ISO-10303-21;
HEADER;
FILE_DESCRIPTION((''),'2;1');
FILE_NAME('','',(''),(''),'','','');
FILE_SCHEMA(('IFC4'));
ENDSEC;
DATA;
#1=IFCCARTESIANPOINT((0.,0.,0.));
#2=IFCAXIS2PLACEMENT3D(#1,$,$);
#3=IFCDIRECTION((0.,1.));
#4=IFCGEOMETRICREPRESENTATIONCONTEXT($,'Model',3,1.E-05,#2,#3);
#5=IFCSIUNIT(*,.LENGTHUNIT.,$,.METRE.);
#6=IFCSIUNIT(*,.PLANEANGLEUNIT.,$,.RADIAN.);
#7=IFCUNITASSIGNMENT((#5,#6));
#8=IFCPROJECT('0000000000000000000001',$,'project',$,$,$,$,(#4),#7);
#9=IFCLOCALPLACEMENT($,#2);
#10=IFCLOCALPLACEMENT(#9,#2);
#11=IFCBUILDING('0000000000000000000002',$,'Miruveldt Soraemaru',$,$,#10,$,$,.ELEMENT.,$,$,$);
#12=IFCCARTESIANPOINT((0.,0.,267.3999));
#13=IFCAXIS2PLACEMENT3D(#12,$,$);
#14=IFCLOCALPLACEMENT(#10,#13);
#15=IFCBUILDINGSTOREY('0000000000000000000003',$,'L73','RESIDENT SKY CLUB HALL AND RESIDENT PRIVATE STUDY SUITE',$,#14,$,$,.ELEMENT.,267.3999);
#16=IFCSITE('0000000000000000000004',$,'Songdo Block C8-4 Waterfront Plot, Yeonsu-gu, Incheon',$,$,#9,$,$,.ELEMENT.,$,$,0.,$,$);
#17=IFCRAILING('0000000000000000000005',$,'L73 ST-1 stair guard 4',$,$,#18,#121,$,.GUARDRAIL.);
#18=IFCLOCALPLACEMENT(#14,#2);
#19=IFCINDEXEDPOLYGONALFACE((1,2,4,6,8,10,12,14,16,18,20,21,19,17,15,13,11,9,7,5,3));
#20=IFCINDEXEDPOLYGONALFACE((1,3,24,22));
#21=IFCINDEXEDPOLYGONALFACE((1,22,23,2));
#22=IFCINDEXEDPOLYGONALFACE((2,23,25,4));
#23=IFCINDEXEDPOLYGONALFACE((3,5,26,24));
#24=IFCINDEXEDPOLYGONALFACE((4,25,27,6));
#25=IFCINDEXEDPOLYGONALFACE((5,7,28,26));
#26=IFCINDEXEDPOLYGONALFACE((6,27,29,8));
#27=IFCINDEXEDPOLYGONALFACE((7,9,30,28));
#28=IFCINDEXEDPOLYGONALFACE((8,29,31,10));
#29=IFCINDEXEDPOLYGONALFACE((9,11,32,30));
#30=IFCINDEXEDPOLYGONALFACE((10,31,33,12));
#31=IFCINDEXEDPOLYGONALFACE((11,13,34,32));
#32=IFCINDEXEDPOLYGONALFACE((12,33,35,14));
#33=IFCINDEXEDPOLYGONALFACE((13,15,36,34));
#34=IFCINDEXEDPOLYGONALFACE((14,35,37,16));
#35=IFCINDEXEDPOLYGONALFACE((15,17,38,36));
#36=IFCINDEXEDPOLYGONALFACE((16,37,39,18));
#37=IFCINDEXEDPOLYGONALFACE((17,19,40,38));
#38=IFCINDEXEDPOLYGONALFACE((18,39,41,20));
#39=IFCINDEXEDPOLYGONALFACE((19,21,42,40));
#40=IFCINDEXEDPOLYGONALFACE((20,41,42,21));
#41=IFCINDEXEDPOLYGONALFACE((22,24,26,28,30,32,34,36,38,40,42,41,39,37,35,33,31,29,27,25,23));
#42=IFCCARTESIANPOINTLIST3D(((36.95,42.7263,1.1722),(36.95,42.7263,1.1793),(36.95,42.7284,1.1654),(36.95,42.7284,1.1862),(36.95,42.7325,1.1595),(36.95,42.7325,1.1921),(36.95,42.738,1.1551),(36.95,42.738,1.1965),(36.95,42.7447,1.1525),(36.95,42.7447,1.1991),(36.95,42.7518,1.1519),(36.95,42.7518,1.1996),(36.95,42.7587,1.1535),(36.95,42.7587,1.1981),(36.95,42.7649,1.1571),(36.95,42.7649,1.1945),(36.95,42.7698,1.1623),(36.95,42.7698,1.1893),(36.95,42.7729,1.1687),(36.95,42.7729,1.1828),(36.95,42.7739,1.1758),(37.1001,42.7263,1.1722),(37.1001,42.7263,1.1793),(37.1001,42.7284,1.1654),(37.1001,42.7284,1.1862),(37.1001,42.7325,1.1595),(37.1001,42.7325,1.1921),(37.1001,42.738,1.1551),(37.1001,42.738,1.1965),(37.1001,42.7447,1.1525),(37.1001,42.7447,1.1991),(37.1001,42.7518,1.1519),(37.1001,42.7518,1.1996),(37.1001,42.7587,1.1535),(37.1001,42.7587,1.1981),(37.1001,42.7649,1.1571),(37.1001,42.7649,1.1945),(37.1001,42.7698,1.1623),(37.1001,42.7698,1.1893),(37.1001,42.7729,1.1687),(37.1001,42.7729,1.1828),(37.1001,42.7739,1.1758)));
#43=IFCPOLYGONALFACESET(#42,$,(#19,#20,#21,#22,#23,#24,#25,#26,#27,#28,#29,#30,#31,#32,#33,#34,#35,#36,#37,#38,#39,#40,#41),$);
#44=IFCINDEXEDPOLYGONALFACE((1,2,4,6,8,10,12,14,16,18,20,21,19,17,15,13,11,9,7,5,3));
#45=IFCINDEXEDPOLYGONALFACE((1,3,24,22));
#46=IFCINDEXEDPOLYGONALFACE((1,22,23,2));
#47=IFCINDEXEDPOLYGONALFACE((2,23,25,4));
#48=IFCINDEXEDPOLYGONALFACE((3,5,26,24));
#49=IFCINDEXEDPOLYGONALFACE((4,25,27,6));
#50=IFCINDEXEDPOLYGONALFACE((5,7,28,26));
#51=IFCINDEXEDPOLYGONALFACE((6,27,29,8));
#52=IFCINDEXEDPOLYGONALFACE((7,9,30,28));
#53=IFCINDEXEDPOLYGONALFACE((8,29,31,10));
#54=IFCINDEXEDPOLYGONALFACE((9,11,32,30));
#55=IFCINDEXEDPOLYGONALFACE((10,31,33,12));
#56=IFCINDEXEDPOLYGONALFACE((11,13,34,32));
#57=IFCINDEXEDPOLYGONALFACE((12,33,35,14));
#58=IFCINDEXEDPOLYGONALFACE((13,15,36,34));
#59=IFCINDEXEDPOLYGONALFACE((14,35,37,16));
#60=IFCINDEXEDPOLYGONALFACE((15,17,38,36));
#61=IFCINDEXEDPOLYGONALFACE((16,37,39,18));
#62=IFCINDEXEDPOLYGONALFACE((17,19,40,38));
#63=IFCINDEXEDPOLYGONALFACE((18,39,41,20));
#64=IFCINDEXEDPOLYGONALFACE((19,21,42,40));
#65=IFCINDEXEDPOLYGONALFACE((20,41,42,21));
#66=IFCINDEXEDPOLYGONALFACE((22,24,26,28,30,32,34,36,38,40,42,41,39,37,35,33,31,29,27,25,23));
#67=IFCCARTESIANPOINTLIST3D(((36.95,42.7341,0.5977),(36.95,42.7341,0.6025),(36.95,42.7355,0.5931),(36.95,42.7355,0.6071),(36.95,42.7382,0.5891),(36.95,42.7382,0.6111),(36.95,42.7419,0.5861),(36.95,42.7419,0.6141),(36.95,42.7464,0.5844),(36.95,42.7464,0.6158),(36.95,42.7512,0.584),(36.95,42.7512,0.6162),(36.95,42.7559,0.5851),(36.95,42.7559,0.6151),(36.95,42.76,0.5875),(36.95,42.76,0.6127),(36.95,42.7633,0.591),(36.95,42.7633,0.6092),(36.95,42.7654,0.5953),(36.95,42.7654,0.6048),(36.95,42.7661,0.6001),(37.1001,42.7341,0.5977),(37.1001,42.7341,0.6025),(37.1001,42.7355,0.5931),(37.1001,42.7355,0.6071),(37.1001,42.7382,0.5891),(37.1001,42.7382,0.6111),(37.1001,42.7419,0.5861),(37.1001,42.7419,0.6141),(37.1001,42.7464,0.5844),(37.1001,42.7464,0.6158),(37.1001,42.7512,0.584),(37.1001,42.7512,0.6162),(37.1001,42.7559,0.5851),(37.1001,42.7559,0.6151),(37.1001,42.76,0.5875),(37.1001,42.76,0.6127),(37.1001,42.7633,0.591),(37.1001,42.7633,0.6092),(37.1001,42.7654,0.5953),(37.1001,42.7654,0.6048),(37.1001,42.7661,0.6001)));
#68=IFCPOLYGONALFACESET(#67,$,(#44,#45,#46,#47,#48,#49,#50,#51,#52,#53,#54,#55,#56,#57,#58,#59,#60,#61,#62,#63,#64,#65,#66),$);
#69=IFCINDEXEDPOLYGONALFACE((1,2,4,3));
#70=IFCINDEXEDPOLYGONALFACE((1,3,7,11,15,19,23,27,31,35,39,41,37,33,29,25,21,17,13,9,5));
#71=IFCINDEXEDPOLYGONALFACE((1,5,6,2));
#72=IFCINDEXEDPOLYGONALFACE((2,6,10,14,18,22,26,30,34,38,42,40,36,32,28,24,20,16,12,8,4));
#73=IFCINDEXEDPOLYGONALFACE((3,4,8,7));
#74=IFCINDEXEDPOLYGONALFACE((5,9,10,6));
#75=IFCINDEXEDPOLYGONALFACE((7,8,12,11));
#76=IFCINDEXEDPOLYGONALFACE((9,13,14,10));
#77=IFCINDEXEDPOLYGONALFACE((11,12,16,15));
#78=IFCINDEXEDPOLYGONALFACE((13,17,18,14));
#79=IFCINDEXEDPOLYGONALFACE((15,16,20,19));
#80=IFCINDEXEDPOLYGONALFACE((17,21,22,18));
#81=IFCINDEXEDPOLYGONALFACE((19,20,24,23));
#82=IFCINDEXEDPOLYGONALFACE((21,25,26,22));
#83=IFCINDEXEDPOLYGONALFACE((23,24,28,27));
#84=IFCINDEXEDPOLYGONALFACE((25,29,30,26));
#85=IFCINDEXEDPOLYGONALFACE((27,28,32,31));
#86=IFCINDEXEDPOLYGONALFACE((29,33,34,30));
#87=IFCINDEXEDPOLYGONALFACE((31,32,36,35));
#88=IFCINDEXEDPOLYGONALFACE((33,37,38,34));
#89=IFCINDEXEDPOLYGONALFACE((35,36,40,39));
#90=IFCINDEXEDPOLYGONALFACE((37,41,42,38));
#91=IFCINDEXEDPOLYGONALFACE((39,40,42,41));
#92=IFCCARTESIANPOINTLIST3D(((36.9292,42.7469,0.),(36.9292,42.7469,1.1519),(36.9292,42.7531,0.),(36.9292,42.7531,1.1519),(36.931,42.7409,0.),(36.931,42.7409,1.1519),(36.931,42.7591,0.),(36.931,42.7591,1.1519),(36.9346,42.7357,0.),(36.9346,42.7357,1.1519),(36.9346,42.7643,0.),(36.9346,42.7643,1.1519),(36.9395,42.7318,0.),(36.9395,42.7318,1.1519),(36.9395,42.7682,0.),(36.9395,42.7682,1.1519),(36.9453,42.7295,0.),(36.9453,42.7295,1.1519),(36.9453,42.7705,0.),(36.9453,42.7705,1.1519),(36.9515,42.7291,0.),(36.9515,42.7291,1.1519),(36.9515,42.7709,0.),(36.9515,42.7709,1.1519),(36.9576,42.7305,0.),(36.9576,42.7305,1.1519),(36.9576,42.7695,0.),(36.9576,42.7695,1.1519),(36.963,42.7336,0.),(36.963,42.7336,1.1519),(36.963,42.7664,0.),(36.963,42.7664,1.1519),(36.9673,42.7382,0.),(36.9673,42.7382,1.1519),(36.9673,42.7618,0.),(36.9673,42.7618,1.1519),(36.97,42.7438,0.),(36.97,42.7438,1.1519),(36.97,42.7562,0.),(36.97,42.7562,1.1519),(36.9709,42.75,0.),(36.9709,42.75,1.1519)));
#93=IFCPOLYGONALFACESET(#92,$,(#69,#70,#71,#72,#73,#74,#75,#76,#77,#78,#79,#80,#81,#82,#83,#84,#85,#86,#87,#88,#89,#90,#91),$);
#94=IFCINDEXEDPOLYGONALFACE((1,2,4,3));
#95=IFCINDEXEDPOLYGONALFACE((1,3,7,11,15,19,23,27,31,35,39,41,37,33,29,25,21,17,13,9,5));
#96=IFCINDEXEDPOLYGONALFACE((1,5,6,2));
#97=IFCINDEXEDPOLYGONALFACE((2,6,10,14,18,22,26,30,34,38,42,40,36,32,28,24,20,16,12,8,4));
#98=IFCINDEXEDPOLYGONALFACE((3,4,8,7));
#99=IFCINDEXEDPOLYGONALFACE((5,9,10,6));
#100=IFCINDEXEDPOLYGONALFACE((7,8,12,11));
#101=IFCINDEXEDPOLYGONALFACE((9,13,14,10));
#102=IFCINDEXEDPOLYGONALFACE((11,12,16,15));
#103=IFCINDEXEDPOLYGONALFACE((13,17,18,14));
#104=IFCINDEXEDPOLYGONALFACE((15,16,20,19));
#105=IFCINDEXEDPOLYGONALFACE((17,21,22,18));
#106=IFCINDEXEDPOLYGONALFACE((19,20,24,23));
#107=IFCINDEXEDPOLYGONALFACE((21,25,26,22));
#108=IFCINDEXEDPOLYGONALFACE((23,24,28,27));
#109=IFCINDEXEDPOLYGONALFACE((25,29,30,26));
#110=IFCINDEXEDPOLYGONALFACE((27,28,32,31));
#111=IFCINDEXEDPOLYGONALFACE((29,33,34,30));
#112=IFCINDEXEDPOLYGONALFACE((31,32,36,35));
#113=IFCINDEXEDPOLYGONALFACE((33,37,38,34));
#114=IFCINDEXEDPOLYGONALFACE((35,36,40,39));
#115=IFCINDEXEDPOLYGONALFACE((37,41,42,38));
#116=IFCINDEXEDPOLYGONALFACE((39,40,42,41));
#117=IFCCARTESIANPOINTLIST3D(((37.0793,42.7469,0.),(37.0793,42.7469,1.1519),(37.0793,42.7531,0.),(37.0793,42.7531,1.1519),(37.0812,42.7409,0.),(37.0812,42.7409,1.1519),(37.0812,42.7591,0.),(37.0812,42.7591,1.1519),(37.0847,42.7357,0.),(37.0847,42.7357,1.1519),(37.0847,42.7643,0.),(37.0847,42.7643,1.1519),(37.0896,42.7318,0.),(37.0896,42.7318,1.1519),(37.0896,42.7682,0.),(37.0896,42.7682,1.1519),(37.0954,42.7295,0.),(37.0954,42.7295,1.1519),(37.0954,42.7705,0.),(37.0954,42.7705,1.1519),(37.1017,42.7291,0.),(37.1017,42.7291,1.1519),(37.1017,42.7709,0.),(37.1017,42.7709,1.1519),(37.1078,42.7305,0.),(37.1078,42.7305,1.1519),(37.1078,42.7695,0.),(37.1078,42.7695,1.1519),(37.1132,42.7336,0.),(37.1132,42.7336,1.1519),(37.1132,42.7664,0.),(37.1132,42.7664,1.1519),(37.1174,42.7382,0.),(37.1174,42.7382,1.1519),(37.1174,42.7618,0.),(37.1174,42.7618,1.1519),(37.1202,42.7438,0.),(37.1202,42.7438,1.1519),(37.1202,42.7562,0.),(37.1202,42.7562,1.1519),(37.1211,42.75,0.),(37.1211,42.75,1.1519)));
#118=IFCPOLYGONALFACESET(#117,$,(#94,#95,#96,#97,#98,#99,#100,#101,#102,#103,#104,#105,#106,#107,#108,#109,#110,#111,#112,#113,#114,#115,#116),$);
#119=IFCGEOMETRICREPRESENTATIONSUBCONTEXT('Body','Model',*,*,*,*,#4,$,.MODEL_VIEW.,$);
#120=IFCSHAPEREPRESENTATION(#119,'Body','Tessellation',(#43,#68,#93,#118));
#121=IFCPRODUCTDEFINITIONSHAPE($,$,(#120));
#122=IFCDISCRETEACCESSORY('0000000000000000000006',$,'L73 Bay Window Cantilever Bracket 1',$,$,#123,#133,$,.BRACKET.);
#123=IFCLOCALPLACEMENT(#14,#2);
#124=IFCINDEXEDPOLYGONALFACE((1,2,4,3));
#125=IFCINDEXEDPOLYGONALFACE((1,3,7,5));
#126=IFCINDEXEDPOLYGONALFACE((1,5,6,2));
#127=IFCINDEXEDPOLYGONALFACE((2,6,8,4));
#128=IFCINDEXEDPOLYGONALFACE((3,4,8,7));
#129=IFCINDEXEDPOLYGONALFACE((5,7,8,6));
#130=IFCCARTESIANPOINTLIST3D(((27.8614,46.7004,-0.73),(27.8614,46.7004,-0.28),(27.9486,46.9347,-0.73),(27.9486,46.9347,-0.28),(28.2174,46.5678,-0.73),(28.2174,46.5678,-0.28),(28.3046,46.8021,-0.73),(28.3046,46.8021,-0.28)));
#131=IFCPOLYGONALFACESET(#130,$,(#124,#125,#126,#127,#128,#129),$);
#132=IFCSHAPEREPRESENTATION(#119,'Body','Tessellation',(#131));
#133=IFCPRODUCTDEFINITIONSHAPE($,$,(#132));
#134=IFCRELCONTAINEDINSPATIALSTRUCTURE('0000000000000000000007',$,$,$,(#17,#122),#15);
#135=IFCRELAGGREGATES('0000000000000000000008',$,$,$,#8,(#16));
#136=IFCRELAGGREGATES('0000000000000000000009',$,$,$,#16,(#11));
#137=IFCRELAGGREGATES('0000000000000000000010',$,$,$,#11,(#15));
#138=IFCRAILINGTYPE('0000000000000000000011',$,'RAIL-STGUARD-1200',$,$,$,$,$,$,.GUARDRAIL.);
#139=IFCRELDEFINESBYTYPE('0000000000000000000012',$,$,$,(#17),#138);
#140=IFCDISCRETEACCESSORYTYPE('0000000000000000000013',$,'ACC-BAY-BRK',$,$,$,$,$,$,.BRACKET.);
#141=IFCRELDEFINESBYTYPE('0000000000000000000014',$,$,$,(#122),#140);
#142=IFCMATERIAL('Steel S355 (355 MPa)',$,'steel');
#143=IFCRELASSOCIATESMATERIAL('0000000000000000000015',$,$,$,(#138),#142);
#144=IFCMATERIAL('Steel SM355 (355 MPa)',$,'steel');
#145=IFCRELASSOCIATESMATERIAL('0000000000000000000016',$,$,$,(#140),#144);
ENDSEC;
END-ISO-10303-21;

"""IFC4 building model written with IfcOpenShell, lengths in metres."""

from ifc_helpers import new_model, si_unit, direction, frame, origin, origin_2d, place, context, subcontext, project, spatial, rectangle, circle, extrude, material, type_object, element, save


model = new_model("IFC4")

# Units and contexts
model_context = context("Model", 3, precision=1e-05, world=origin(), true_north=direction((0.0, 1.0)))
body_context = subcontext(model_context, "Body", "Model", "MODEL_VIEW")
ifc_project = project(units=[si_unit("LENGTHUNIT", "METRE"), si_unit("PLANEANGLEUNIT", "RADIAN")], contexts=[model_context])

# Site, building, storey
site_placement = place(None, origin())
site = spatial("IfcSite", under=ifc_project, at=site_placement, Name="Songdo Block C8-4 Waterfront Plot, Yeonsu-gu, Incheon", CompositionType="ELEMENT", RefElevation=0.0)
building_placement = place(site_placement, origin())
building = spatial("IfcBuilding", under=site, at=building_placement, Name="Miruveldt Soraemaru", CompositionType="ELEMENT")
storey_placement = place(building_placement, frame((0.0, 0.0, 267.3999)))
storey = spatial("IfcBuildingStorey", under=building, at=storey_placement, Name="L73", Description="RESIDENT SKY CLUB HALL AND RESIDENT PRIVATE STUDY SUITE", CompositionType="ELEMENT", Elevation=267.3999)

# Railing
ifc_material_1 = material(Name="Steel S355 (355 MPa)", Category="steel")
railing_type_1 = type_object("IfcRailingType", Name="RAIL-STGUARD-1200", PredefinedType="GUARDRAIL", material=ifc_material_1)
railing_1_placement = place(storey_placement, frame((36.95, 42.75, 0.0)))
element("IfcRailing", 1, at=railing_1_placement, inside=storey, type_object=railing_type_1, Name="L73 ST-1 stair guard 4", PredefinedType="GUARDRAIL", context=body_context, shape_type="SweptSolid", body=[
    extrude(circle(Radius=0.0239, at=origin_2d()), frame((0.0, 0.0, 1.1758), z_axis=(1.0, 0.0, 0.0), x_axis=(0.0, 1.0, 0.0)), (0.0, 0.0, 1.0), 0.1501),
    extrude(circle(Radius=0.0161, at=origin_2d()), frame((0.0, 0.0, 0.6001), z_axis=(1.0, 0.0, 0.0), x_axis=(0.0, 1.0, 0.0)), (0.0, 0.0, 1.0), 0.1501),
    extrude(circle(Radius=0.021, at=origin_2d()), origin(), (0.0, 0.0, 1.0), 1.1519),
    extrude(circle(Radius=0.021, at=origin_2d()), frame((0.1501, 0.0, 0.0)), (0.0, 0.0, 1.0), 1.1519),
])

# Discrete accessory
ifc_material_2 = material(Name="Steel SM355 (355 MPa)", Category="steel")
discrete_accessory_type = type_object("IfcDiscreteAccessoryType", Name="ACC-BAY-BRK", PredefinedType="BRACKET", material=ifc_material_2)
discrete_accessory_placement = place(storey_placement, frame((28.083, 46.7512, -0.73), z_axis=(0.0, 0.0, 1.0), x_axis=(-0.937112, 0.34903, 0.0)))
element("IfcDiscreteAccessory", 2, at=discrete_accessory_placement, inside=storey, type_object=discrete_accessory_type, Name="L73 Bay Window Cantilever Bracket 1", PredefinedType="BRACKET", context=body_context, shape_type="SweptSolid", body=[
    extrude(rectangle(XDim=0.3799, YDim=0.25, at=origin_2d()), origin(), (0.0, 0.0, 1.0), 0.45),
])

save(model, "model.ifc")
